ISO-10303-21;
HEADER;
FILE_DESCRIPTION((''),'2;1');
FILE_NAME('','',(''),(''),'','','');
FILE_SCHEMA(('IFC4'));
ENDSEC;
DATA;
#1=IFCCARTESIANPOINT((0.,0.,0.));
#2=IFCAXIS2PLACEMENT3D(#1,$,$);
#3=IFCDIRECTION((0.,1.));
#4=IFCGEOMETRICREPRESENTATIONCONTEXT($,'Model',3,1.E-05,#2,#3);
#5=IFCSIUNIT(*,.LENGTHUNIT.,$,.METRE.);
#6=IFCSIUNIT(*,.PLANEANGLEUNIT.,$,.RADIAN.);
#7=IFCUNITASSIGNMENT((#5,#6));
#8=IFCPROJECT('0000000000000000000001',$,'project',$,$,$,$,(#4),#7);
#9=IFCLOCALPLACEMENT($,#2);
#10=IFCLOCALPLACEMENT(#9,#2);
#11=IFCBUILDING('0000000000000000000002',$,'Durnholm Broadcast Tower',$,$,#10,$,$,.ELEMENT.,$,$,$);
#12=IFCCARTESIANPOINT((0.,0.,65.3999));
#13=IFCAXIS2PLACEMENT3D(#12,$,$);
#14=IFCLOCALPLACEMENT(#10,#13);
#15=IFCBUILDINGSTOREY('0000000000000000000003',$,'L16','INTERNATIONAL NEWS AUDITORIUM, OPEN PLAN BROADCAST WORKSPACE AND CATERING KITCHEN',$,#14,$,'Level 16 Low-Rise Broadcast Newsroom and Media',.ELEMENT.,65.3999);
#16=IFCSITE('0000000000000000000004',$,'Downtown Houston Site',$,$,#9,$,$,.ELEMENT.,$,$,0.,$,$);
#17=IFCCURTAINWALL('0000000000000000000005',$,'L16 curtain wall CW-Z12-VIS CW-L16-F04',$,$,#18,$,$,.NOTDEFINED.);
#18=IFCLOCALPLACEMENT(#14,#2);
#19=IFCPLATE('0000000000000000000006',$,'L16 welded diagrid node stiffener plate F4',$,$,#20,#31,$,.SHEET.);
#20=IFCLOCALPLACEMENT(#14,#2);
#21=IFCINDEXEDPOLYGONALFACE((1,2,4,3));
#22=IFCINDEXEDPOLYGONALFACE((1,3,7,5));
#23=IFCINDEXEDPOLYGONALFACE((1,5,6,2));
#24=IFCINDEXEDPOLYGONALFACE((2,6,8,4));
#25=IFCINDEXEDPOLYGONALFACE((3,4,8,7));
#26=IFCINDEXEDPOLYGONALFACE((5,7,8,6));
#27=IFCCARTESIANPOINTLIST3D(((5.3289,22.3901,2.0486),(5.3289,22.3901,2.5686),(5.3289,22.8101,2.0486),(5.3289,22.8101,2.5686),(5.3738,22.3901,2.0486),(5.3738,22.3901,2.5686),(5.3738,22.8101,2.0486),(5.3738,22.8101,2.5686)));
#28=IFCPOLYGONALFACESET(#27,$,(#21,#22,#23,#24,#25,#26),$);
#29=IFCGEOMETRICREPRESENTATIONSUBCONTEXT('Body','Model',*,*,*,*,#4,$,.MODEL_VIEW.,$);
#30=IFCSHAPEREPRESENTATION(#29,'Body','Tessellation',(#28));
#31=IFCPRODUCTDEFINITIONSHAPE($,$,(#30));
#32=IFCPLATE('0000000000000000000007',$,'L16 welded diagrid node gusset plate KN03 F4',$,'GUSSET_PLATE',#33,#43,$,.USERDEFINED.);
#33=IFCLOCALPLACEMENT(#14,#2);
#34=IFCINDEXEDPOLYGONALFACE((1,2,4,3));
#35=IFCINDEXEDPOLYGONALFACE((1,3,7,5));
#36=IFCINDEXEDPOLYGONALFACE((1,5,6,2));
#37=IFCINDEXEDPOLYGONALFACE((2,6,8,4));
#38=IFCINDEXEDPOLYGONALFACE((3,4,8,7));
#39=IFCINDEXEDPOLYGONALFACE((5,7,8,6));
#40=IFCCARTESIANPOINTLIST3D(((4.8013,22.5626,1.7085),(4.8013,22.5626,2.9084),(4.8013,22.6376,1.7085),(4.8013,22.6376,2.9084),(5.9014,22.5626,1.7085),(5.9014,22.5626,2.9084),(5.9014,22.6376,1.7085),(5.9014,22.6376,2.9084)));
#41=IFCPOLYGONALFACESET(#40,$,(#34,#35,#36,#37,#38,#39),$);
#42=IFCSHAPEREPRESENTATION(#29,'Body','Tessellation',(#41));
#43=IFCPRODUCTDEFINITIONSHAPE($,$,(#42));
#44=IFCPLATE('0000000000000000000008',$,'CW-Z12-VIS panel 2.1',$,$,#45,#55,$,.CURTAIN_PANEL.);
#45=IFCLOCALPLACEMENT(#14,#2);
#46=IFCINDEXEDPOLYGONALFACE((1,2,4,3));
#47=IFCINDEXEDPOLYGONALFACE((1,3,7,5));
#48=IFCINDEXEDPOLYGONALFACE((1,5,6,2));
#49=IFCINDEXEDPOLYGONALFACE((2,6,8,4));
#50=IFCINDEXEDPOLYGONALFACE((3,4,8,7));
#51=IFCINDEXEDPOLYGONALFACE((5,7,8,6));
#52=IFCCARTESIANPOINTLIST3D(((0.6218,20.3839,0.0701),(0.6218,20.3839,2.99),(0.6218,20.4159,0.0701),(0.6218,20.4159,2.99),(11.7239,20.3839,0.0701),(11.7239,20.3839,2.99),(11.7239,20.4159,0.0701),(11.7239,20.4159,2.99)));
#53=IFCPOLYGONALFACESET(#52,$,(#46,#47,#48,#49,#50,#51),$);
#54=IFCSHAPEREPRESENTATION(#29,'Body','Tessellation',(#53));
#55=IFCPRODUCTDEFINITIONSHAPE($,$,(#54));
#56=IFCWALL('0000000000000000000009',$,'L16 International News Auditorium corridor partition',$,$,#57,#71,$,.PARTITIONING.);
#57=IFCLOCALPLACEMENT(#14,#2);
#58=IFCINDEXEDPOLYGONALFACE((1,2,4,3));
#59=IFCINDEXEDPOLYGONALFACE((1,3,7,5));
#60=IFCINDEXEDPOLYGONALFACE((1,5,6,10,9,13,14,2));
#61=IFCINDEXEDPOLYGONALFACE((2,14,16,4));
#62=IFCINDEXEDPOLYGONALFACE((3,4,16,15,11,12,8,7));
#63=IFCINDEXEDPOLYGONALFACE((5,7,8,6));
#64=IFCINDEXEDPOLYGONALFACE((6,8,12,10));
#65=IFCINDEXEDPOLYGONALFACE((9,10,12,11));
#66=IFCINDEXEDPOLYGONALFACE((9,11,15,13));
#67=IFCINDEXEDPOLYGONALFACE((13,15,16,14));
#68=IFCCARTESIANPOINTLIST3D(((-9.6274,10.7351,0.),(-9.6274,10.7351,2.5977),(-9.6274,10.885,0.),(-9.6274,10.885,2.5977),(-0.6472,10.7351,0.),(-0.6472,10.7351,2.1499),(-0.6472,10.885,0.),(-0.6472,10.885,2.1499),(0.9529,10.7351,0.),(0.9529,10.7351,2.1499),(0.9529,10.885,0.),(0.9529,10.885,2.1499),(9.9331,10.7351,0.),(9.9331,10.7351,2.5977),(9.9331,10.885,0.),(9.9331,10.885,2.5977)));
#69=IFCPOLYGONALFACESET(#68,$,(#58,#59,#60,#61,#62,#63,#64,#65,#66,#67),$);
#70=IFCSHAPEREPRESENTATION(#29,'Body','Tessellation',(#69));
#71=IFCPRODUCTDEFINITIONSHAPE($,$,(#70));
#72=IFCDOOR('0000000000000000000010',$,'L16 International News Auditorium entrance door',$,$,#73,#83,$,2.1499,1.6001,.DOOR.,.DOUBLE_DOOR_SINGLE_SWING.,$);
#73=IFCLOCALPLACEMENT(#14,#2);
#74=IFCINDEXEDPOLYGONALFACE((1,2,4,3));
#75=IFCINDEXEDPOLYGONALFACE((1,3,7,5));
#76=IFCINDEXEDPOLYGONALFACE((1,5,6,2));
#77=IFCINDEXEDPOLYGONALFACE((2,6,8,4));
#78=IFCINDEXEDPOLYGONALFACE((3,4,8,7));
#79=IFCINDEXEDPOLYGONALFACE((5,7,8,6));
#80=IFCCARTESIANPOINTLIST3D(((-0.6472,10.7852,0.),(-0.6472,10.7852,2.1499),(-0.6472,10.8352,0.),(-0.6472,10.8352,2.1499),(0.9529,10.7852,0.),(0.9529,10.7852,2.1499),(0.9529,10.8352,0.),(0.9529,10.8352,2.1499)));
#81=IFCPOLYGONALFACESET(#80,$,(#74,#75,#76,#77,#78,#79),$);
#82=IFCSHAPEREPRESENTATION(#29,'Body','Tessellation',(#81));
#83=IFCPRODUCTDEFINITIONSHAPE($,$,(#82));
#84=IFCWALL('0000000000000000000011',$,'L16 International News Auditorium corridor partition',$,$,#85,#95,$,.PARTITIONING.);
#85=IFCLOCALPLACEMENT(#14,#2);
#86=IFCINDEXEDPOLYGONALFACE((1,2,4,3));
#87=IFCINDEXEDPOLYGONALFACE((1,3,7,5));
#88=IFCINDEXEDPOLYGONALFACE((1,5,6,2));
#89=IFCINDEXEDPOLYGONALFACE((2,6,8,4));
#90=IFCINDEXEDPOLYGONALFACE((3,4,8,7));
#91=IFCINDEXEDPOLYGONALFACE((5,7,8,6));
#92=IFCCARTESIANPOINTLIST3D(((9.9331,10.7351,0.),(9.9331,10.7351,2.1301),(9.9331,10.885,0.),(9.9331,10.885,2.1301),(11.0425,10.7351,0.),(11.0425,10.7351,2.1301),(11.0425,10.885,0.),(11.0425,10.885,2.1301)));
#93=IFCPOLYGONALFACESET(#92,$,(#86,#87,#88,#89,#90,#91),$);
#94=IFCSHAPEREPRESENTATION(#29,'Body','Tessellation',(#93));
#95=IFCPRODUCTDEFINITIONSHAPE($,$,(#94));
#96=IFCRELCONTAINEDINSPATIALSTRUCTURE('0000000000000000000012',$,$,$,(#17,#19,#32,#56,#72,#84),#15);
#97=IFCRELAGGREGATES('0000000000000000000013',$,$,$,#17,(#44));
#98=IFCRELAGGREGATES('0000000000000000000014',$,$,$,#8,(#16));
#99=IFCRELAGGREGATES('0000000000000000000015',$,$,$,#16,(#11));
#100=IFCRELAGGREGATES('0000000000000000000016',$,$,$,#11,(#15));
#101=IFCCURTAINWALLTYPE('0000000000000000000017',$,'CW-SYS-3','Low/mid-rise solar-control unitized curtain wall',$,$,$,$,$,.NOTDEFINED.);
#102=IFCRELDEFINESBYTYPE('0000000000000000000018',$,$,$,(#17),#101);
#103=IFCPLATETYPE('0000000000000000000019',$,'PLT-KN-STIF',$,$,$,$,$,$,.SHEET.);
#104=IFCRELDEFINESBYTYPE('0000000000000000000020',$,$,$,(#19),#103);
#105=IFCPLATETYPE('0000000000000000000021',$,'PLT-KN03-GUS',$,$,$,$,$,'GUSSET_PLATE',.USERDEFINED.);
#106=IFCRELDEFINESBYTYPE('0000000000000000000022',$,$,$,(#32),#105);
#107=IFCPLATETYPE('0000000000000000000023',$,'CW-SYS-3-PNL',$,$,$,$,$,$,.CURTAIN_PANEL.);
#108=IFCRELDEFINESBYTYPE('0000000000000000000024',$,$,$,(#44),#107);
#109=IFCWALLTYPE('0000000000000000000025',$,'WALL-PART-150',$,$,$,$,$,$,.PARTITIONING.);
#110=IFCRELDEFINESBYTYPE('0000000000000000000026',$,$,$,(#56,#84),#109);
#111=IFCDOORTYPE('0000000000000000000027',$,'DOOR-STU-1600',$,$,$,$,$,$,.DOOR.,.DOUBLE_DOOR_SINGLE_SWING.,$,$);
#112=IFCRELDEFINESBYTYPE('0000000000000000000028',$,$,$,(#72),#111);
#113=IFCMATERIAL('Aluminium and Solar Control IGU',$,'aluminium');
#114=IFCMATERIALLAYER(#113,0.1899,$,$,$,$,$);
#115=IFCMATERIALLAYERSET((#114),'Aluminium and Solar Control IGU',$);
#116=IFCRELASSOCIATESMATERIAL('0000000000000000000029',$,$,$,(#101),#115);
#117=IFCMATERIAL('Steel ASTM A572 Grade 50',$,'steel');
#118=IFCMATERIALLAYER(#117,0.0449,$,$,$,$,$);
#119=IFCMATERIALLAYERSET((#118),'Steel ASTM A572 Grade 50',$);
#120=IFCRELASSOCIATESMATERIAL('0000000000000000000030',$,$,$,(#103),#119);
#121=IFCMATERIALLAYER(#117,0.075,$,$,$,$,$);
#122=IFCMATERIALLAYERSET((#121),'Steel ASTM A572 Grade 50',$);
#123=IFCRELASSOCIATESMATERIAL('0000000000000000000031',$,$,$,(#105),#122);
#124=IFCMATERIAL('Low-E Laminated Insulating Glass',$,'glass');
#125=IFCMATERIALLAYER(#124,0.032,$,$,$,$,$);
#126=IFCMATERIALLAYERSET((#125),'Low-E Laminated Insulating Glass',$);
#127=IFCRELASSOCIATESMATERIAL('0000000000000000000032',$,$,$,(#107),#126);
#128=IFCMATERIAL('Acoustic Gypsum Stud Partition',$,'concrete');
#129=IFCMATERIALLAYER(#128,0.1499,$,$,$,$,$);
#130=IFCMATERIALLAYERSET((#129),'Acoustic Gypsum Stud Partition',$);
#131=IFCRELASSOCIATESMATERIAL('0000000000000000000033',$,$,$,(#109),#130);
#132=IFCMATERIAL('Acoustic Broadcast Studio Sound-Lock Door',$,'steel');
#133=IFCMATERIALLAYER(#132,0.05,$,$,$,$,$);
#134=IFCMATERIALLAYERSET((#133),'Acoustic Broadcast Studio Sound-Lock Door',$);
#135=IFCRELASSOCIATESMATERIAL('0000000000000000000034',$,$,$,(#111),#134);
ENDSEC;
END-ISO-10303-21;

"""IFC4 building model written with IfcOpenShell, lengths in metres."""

from ifc_helpers import new_model, si_unit, direction, frame, frame_2d, origin, origin_2d, place, context, subcontext, project, spatial, rectangle, extrude, source, transform, mapped, material, layer, layer_set, type_object, type_shapes, element, fill, aggregate, save


model = new_model("IFC4")

# Units and contexts
model_context = context("Model", 3, precision=1e-05, world=origin(), true_north=direction((0.0, 1.0)))
body_context = subcontext(model_context, "Body", "Model", "MODEL_VIEW")
ifc_project = project(units=[si_unit("LENGTHUNIT", "METRE"), si_unit("PLANEANGLEUNIT", "RADIAN")], contexts=[model_context])

# Site, building, storey
site_placement = place(None, origin())
site = spatial("IfcSite", under=ifc_project, at=site_placement, Name="Downtown Houston Site", CompositionType="ELEMENT", RefElevation=0.0)
building_placement = place(site_placement, origin())
building = spatial("IfcBuilding", under=site, at=building_placement, Name="Durnholm Broadcast Tower", CompositionType="ELEMENT")
storey_placement = place(building_placement, frame((0.0, 0.0, 65.3999)))
storey = spatial("IfcBuildingStorey", under=building, at=storey_placement, Name="L16", Description="INTERNATIONAL NEWS AUDITORIUM, OPEN PLAN BROADCAST WORKSPACE AND CATERING KITCHEN", LongName="Level 16 Low-Rise Broadcast Newsroom and Media", CompositionType="ELEMENT", Elevation=65.3999)

# Curtain wall
ifc_material_1 = material(Name="Aluminium and Solar Control IGU", Category="aluminium")
ifc_layer_1 = layer(ifc_material_1, 0.1899)
ifc_layer_set_1 = layer_set([ifc_layer_1], Name="Aluminium and Solar Control IGU")
curtain_wall_type_1 = type_object("IfcCurtainWallType", Name="CW-SYS-3", Description="Low/mid-rise solar-control unitized curtain wall", PredefinedType="NOTDEFINED", material=ifc_layer_set_1)
curtain_wall_1_placement = place(storey_placement, origin())
curtain_wall_1 = element("IfcCurtainWall", 1, at=curtain_wall_1_placement, inside=storey, type_object=curtain_wall_type_1, Name="L16 curtain wall CW-Z12-VIS CW-L16-F04", PredefinedType="NOTDEFINED")

# Plates
ifc_material_2 = material(Name="Steel ASTM A572 Grade 50", Category="steel")
ifc_layer_2 = layer(ifc_material_2, 0.0449)
ifc_layer_set_2 = layer_set([ifc_layer_2], Name="Steel ASTM A572 Grade 50")
plate_type_1 = type_object("IfcPlateType", Name="PLT-KN-STIF", PredefinedType="SHEET", material=ifc_layer_set_2)
shared_shape_1 = source(origin(), body_context, "Body", "SweptSolid", [
    extrude(rectangle(XDim=0.0449, YDim=0.4199, at=origin_2d()), origin(), (0.0, 0.0, 1.0), 0.52),
])
type_shapes(plate_type_1, [shared_shape_1])
plate_1_placement = place(storey_placement, frame((5.3513, 22.6001, 2.0486), z_axis=(0.0, 0.0, 1.0), x_axis=(-1.0, 0.0, 0.0)))
element("IfcPlate", 2, at=plate_1_placement, inside=storey, type_object=plate_type_1, Name="L16 welded diagrid node stiffener plate F4", PredefinedType="SHEET", context=body_context, shape_type="MappedRepresentation", body=[
    mapped(shared_shape_1, transform((0.0, 0.0, 0.0), x_axis=(1.0, 0.0, 0.0), y_axis=(0.0, 1.0, 0.0), z_axis=(0.0, 0.0, 1.0), scale=1.0)),
])
ifc_layer_3 = layer(ifc_material_2, 0.075)
ifc_layer_set_3 = layer_set([ifc_layer_3], Name="Steel ASTM A572 Grade 50")
plate_type_2 = type_object("IfcPlateType", Name="PLT-KN03-GUS", ElementType="GUSSET_PLATE", PredefinedType="USERDEFINED", material=ifc_layer_set_3)
shared_shape_2 = source(origin(), body_context, "Body", "SweptSolid", [
    extrude(rectangle(XDim=1.1001, YDim=0.075, at=origin_2d()), origin(), (0.0, 0.0, 1.0), 1.2),
])
type_shapes(plate_type_2, [shared_shape_2])
plate_2_placement = place(storey_placement, frame((5.3513, 22.6001, 1.7085), z_axis=(0.0, 0.0, 1.0), x_axis=(-1.0, 0.0, 0.0)))
element("IfcPlate", 3, at=plate_2_placement, inside=storey, type_object=plate_type_2, Name="L16 welded diagrid node gusset plate KN03 F4", ObjectType="GUSSET_PLATE", PredefinedType="USERDEFINED", context=body_context, shape_type="MappedRepresentation", body=[
    mapped(shared_shape_2, transform((0.0, 0.0, 0.0), x_axis=(1.0, 0.0, 0.0), y_axis=(0.0, 1.0, 0.0), z_axis=(0.0, 0.0, 1.0), scale=1.0)),
])

# Plate
ifc_material_3 = material(Name="Low-E Laminated Insulating Glass", Category="glass")
ifc_layer_4 = layer(ifc_material_3, 0.032)
ifc_layer_set_4 = layer_set([ifc_layer_4], Name="Low-E Laminated Insulating Glass")
plate_type_3 = type_object("IfcPlateType", Name="CW-SYS-3-PNL", PredefinedType="CURTAIN_PANEL", material=ifc_layer_set_4)
shared_shape_3 = source(origin(), body_context, "Body", "SweptSolid", [
    extrude(rectangle(XDim=11.1021, YDim=0.032, at=origin_2d()), origin(), (0.0, 0.0, 1.0), 2.9199),
])
type_shapes(plate_type_3, [shared_shape_3])
plate_3_placement = place(storey_placement, frame((6.1729, 20.3999, 0.0701), z_axis=(0.0, 0.0, 1.0), x_axis=(1.0, 0.0, 0.0)))
plate_3 = element("IfcPlate", 4, at=plate_3_placement, type_object=plate_type_3, Name="CW-Z12-VIS panel 2.1", PredefinedType="CURTAIN_PANEL", context=body_context, shape_type="MappedRepresentation", body=[
    mapped(shared_shape_3, transform((0.0, 0.0, 0.0), x_axis=(1.0, 0.0, 0.0), y_axis=(0.0, 1.0, 0.0), z_axis=(0.0, 0.0, 1.0), scale=1.0)),
])
aggregate(curtain_wall_1, [plate_3])

# Wall, opening, door
ifc_material_4 = material(Name="Acoustic Gypsum Stud Partition", Category="concrete")
ifc_layer_5 = layer(ifc_material_4, 0.1499)
ifc_layer_set_5 = layer_set([ifc_layer_5], Name="Acoustic Gypsum Stud Partition")
wall_type = type_object("IfcWallType", Name="WALL-PART-150", PredefinedType="PARTITIONING", material=ifc_layer_set_5)
wall_1_placement = place(storey_placement, frame((9.9331, 10.8101, 0.0), z_axis=(0.0, 0.0, 1.0), x_axis=(-1.0, 0.0, 0.0)))
wall_1 = element("IfcWall", 5, at=wall_1_placement, inside=storey, type_object=wall_type, Name="L16 International News Auditorium corridor partition", PredefinedType="PARTITIONING", context=body_context, shape_type="SweptSolid", body=[
    extrude(rectangle(XDim=19.5605, YDim=0.1499, at=frame_2d((9.7803, 0.0))), origin(), (0.0, 0.0, 1.0), 2.5977),
])
opening_placement = place(wall_1_placement, frame((8.9802, 0.0, 0.0)))
opening = element("IfcOpeningElement", 6, at=opening_placement, cuts=wall_1, PredefinedType="OPENING", context=body_context, shape_type="SweptSolid", body=[
    extrude(rectangle(XDim=1.6001, YDim=2.1499, at=frame_2d((0.8, 1.075))), frame((0.0, 0.085, 0.0), z_axis=(0.0, -1.0, 0.0), x_axis=(1.0, 0.0, 0.0)), (0.0, 0.0, 1.0), 0.1699),
])
ifc_material_5 = material(Name="Acoustic Broadcast Studio Sound-Lock Door", Category="steel")
ifc_layer_6 = layer(ifc_material_5, 0.05)
ifc_layer_set_6 = layer_set([ifc_layer_6], Name="Acoustic Broadcast Studio Sound-Lock Door")
door_type = type_object("IfcDoorType", Name="DOOR-STU-1600", OperationType="DOUBLE_DOOR_SINGLE_SWING", PredefinedType="DOOR", material=ifc_layer_set_6)
shared_shape_4 = source(origin(), body_context, "Body", "SweptSolid", [
    extrude(rectangle(XDim=1.6001, YDim=2.1499, at=frame_2d((0.8, 1.075))), frame((0.0, 0.0249, 0.0), z_axis=(0.0, -1.0, 0.0), x_axis=(1.0, 0.0, 0.0)), (0.0, 0.0, 1.0), 0.05),
])
type_shapes(door_type, [shared_shape_4])
door_placement = place(opening_placement, origin())
door = element("IfcDoor", 7, at=door_placement, inside=storey, type_object=door_type, Name="L16 International News Auditorium entrance door", OperationType="DOUBLE_DOOR_SINGLE_SWING", OverallHeight=2.1499, OverallWidth=1.6001, PredefinedType="DOOR", context=body_context, shape_type="MappedRepresentation", body=[
    mapped(shared_shape_4, transform((0.0, 0.0, 0.0), x_axis=(1.0, 0.0, 0.0), y_axis=(0.0, 1.0, 0.0), z_axis=(0.0, 0.0, 1.0), scale=1.0)),
])
fill(opening, door)

# Wall
wall_2_placement = place(storey_placement, frame((11.0425, 10.8101, 0.0), z_axis=(0.0, 0.0, 1.0), x_axis=(-1.0, 0.0, 0.0)))
element("IfcWall", 8, at=wall_2_placement, inside=storey, type_object=wall_type, Name="L16 International News Auditorium corridor partition", PredefinedType="PARTITIONING", context=body_context, shape_type="SweptSolid", body=[
    extrude(rectangle(XDim=1.1094, YDim=0.1499, at=frame_2d((0.5547, 0.0))), origin(), (0.0, 0.0, 1.0), 2.1301),
])

save(model, "model.ifc")
